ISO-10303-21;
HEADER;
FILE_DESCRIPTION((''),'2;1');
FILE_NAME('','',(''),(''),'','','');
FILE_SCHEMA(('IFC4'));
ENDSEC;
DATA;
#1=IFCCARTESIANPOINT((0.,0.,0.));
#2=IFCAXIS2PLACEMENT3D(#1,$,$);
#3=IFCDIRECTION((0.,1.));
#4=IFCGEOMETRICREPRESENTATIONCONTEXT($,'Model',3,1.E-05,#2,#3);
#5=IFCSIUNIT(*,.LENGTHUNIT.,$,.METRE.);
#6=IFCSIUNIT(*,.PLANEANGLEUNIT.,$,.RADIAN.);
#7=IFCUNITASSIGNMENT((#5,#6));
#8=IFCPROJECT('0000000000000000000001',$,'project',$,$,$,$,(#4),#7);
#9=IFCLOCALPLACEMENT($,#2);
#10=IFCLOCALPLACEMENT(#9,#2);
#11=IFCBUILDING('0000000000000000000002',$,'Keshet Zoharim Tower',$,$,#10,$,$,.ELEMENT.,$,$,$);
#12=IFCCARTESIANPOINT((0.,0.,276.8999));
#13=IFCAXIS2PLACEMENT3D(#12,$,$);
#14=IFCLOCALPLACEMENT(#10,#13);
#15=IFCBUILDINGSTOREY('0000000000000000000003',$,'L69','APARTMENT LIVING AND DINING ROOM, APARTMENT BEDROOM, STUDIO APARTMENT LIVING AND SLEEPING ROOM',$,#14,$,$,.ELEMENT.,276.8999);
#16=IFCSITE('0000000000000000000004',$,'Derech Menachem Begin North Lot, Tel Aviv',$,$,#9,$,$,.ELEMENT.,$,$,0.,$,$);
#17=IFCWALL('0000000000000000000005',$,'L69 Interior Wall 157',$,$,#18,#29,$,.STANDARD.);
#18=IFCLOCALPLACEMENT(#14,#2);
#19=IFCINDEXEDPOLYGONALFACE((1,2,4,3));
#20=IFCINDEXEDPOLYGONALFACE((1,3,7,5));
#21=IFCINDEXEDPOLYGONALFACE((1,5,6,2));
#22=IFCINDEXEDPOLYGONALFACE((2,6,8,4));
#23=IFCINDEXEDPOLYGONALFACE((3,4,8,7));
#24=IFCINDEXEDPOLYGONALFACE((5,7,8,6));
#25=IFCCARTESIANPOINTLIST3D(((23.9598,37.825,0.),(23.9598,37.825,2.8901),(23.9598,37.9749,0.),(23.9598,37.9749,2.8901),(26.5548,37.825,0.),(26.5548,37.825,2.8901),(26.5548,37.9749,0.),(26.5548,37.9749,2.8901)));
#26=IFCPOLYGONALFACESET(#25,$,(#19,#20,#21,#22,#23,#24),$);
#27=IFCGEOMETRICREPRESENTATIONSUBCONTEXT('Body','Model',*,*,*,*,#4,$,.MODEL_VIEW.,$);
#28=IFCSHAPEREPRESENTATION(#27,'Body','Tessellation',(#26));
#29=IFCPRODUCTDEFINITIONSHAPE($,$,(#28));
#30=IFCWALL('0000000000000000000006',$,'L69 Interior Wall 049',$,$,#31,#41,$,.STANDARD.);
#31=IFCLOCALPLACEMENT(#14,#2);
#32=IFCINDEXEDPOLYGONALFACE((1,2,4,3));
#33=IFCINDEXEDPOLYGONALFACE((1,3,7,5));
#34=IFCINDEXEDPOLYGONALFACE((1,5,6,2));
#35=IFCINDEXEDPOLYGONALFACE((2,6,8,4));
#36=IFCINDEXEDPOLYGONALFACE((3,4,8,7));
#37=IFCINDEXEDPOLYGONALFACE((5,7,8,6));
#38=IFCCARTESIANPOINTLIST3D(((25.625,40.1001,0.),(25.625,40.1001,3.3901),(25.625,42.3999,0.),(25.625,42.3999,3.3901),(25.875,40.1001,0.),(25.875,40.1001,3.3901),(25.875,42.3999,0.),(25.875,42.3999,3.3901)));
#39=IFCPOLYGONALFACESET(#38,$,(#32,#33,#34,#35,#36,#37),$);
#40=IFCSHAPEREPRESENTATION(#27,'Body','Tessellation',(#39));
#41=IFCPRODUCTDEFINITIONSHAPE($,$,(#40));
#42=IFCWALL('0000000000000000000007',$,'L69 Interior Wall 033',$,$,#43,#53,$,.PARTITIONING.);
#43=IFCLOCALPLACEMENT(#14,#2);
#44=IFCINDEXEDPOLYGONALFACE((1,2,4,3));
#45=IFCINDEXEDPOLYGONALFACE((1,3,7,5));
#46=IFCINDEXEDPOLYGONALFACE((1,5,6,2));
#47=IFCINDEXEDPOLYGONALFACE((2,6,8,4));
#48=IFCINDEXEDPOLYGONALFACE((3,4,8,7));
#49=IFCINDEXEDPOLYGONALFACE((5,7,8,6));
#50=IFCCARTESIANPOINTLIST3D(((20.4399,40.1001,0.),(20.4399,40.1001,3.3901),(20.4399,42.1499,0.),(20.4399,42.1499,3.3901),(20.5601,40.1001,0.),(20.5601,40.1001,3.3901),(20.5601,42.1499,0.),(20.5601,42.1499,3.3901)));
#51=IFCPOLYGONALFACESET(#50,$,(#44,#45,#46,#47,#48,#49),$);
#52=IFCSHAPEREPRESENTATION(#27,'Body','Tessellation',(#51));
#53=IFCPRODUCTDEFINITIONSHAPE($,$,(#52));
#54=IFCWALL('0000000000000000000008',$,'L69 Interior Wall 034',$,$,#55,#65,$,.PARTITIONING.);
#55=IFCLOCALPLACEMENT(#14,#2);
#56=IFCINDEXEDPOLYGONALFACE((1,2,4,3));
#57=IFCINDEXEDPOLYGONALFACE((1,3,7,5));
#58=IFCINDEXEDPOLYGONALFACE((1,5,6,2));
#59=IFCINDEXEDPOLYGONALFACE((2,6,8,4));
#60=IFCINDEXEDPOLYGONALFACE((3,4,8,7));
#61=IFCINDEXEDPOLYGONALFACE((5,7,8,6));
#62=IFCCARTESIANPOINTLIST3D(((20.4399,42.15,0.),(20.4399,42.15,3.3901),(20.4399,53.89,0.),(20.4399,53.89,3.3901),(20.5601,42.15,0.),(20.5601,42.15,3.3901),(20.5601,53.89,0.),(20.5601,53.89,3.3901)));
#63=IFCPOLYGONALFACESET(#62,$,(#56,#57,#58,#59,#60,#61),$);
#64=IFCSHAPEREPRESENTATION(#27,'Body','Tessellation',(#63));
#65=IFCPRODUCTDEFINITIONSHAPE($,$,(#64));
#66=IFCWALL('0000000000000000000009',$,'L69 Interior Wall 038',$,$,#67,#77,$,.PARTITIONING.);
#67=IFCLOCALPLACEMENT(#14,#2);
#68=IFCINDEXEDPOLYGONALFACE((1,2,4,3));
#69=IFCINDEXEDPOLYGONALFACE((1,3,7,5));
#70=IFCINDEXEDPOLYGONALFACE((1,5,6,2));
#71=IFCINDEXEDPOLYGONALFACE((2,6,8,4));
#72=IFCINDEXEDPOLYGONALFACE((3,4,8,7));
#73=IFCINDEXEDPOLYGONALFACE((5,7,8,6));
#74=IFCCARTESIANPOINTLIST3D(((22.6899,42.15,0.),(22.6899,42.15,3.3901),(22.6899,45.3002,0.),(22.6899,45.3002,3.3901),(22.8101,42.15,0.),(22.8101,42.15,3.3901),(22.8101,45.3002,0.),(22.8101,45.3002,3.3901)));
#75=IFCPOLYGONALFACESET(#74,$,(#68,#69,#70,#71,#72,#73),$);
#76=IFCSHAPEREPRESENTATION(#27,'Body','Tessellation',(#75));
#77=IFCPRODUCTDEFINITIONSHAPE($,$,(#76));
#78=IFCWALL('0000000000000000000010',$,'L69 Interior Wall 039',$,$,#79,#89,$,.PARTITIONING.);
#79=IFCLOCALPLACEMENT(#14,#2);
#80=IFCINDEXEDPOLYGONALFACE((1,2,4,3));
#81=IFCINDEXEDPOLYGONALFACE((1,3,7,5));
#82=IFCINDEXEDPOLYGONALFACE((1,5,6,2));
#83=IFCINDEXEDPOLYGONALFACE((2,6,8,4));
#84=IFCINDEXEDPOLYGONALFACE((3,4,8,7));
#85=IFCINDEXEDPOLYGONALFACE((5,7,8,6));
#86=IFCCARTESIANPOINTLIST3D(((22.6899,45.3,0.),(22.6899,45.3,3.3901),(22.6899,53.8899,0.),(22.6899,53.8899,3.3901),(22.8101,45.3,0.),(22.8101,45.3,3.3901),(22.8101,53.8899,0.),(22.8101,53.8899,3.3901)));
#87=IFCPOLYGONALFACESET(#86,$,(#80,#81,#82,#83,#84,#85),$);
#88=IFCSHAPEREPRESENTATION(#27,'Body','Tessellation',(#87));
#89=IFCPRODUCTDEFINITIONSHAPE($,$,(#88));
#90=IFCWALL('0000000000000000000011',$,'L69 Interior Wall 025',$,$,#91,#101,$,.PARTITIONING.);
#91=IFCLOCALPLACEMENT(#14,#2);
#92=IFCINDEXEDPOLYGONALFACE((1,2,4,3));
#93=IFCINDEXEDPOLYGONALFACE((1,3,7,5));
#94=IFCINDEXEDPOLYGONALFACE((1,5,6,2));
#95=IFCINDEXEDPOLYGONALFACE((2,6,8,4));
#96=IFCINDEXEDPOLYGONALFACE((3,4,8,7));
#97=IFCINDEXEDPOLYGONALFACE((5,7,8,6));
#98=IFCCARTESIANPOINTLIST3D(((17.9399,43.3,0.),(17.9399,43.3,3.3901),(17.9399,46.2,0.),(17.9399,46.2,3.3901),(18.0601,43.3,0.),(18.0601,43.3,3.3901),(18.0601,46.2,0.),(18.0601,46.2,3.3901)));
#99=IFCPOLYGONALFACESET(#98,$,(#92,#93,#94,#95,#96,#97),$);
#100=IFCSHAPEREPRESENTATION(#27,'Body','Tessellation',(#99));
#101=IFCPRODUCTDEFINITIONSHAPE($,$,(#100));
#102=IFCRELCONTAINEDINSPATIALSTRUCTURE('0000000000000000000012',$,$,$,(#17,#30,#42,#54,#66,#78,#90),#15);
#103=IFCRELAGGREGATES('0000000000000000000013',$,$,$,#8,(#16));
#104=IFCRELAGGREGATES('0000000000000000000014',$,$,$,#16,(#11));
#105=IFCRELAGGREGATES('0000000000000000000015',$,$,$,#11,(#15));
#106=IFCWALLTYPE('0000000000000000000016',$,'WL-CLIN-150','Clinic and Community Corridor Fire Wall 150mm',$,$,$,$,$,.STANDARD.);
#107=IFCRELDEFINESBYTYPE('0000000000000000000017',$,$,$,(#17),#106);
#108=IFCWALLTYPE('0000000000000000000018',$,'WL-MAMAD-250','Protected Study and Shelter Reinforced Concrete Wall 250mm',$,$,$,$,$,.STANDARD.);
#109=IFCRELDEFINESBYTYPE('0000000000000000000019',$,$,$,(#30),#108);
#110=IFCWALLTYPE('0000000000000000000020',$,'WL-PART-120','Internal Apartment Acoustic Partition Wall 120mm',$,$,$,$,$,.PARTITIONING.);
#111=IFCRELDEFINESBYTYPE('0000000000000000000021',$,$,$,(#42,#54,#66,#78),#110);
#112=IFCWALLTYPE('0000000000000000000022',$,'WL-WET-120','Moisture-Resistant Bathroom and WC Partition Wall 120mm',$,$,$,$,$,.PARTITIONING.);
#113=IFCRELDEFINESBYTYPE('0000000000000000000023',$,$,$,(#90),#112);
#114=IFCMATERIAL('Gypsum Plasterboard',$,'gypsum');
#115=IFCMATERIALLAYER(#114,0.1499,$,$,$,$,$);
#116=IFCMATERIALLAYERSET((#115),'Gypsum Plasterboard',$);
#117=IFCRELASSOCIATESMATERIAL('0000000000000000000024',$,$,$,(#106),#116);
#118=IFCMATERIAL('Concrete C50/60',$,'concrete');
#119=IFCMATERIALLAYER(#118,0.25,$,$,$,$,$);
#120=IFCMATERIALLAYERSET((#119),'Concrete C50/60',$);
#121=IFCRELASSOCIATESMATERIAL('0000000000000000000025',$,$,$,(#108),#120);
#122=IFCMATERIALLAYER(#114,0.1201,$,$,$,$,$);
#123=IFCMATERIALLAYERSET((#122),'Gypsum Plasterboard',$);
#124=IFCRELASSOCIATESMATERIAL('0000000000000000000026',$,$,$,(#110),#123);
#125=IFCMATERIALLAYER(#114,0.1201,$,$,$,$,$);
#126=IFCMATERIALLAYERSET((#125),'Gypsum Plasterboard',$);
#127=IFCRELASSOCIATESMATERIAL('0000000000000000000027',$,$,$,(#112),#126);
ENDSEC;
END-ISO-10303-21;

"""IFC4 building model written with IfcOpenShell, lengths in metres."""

from ifc_helpers import new_model, si_unit, direction, frame, frame_2d, origin, place, context, subcontext, project, spatial, rectangle, extrude, material, layer, layer_set, type_object, element, save


model = new_model("IFC4")

# Units and contexts
model_context = context("Model", 3, precision=1e-05, world=origin(), true_north=direction((0.0, 1.0)))
body_context = subcontext(model_context, "Body", "Model", "MODEL_VIEW")
ifc_project = project(units=[si_unit("LENGTHUNIT", "METRE"), si_unit("PLANEANGLEUNIT", "RADIAN")], contexts=[model_context])

# Site, building, storey
site_placement = place(None, origin())
site = spatial("IfcSite", under=ifc_project, at=site_placement, Name="Derech Menachem Begin North Lot, Tel Aviv", CompositionType="ELEMENT", RefElevation=0.0)
building_placement = place(site_placement, origin())
building = spatial("IfcBuilding", under=site, at=building_placement, Name="Keshet Zoharim Tower", CompositionType="ELEMENT")
storey_placement = place(building_placement, frame((0.0, 0.0, 276.8999)))
storey = spatial("IfcBuildingStorey", under=building, at=storey_placement, Name="L69", Description="APARTMENT LIVING AND DINING ROOM, APARTMENT BEDROOM, STUDIO APARTMENT LIVING AND SLEEPING ROOM", CompositionType="ELEMENT", Elevation=276.8999)

# Wall
ifc_material_1 = material(Name="Gypsum Plasterboard", Category="gypsum")
ifc_layer_1 = layer(ifc_material_1, 0.1499)
ifc_layer_set_1 = layer_set([ifc_layer_1], Name="Gypsum Plasterboard")
wall_type_1 = type_object("IfcWallType", Name="WL-CLIN-150", Description="Clinic and Community Corridor Fire Wall 150mm", PredefinedType="STANDARD", material=ifc_layer_set_1)
wall_1_placement = place(storey_placement, frame((23.96, 37.8999, 0.0), z_axis=(0.0, 0.0, 1.0), x_axis=(1.0, 0.0, 0.0)))
element("IfcWall", 1, at=wall_1_placement, inside=storey, type_object=wall_type_1, Name="L69 Interior Wall 157", PredefinedType="STANDARD", context=body_context, shape_type="SweptSolid", body=[
    extrude(rectangle(XDim=2.595, YDim=0.1499, at=frame_2d((1.2974, 0.0))), origin(), (0.0, 0.0, 1.0), 2.8901),
])

# Wall
ifc_material_2 = material(Name="Concrete C50/60", Category="concrete")
ifc_layer_2 = layer(ifc_material_2, 0.25)
ifc_layer_set_2 = layer_set([ifc_layer_2], Name="Concrete C50/60")
wall_type_2 = type_object("IfcWallType", Name="WL-MAMAD-250", Description="Protected Study and Shelter Reinforced Concrete Wall 250mm", PredefinedType="STANDARD", material=ifc_layer_set_2)
wall_2_placement = place(storey_placement, frame((25.75, 40.1001, 0.0), z_axis=(0.0, 0.0, 1.0), x_axis=(0.0, 1.0, 0.0)))
element("IfcWall", 2, at=wall_2_placement, inside=storey, type_object=wall_type_2, Name="L69 Interior Wall 049", PredefinedType="STANDARD", context=body_context, shape_type="SweptSolid", body=[
    extrude(rectangle(XDim=2.2998, YDim=0.25, at=frame_2d((1.1499, 0.0))), origin(), (0.0, 0.0, 1.0), 3.3901),
])

# Shared definitions
ifc_layer_3 = layer(ifc_material_1, 0.1201)
ifc_layer_set_3 = layer_set([ifc_layer_3], Name="Gypsum Plasterboard")
wall_type_3 = type_object("IfcWallType", Name="WL-PART-120", Description="Internal Apartment Acoustic Partition Wall 120mm", PredefinedType="PARTITIONING", material=ifc_layer_set_3)

# Walls
wall_3_placement = place(storey_placement, frame((20.5, 40.1001, 0.0), z_axis=(0.0, 0.0, 1.0), x_axis=(0.0, 1.0, 0.0)))
element("IfcWall", 3, at=wall_3_placement, inside=storey, type_object=wall_type_3, Name="L69 Interior Wall 033", PredefinedType="PARTITIONING", context=body_context, shape_type="SweptSolid", body=[
    extrude(rectangle(XDim=2.0498, YDim=0.1201, at=frame_2d((1.0249, 0.0))), origin(), (0.0, 0.0, 1.0), 3.3901),
])
wall_4_placement = place(storey_placement, frame((20.5, 42.1499, 0.0), z_axis=(0.0, 0.0, 1.0), x_axis=(0.0, 1.0, 0.0)))
element("IfcWall", 4, at=wall_4_placement, inside=storey, type_object=wall_type_3, Name="L69 Interior Wall 034", PredefinedType="PARTITIONING", context=body_context, shape_type="SweptSolid", body=[
    extrude(rectangle(XDim=11.74, YDim=0.1201, at=frame_2d((5.8701, 0.0))), origin(), (0.0, 0.0, 1.0), 3.3901),
])
wall_5_placement = place(storey_placement, frame((22.75, 42.1499, 0.0), z_axis=(0.0, 0.0, 1.0), x_axis=(0.0, 1.0, 0.0)))
element("IfcWall", 5, at=wall_5_placement, inside=storey, type_object=wall_type_3, Name="L69 Interior Wall 038", PredefinedType="PARTITIONING", context=body_context, shape_type="SweptSolid", body=[
    extrude(rectangle(XDim=3.1501, YDim=0.1201, at=frame_2d((1.5752, 0.0))), origin(), (0.0, 0.0, 1.0), 3.3901),
])
wall_6_placement = place(storey_placement, frame((22.75, 45.3, 0.0), z_axis=(0.0, 0.0, 1.0), x_axis=(0.0, 1.0, 0.0)))
element("IfcWall", 6, at=wall_6_placement, inside=storey, type_object=wall_type_3, Name="L69 Interior Wall 039", PredefinedType="PARTITIONING", context=body_context, shape_type="SweptSolid", body=[
    extrude(rectangle(XDim=8.5898, YDim=0.1201, at=frame_2d((4.2949, 0.0))), origin(), (0.0, 0.0, 1.0), 3.3901),
])

# Wall
ifc_layer_4 = layer(ifc_material_1, 0.1201)
ifc_layer_set_4 = layer_set([ifc_layer_4], Name="Gypsum Plasterboard")
wall_type_4 = type_object("IfcWallType", Name="WL-WET-120", Description="Moisture-Resistant Bathroom and WC Partition Wall 120mm", PredefinedType="PARTITIONING", material=ifc_layer_set_4)
wall_7_placement = place(storey_placement, frame((18.0, 43.3, 0.0), z_axis=(0.0, 0.0, 1.0), x_axis=(0.0, 1.0, 0.0)))
element("IfcWall", 7, at=wall_7_placement, inside=storey, type_object=wall_type_4, Name="L69 Interior Wall 025", PredefinedType="PARTITIONING", context=body_context, shape_type="SweptSolid", body=[
    extrude(rectangle(XDim=2.8999, YDim=0.1201, at=frame_2d((1.45, 0.0))), origin(), (0.0, 0.0, 1.0), 3.3901),
])

save(model, "model.ifc")
